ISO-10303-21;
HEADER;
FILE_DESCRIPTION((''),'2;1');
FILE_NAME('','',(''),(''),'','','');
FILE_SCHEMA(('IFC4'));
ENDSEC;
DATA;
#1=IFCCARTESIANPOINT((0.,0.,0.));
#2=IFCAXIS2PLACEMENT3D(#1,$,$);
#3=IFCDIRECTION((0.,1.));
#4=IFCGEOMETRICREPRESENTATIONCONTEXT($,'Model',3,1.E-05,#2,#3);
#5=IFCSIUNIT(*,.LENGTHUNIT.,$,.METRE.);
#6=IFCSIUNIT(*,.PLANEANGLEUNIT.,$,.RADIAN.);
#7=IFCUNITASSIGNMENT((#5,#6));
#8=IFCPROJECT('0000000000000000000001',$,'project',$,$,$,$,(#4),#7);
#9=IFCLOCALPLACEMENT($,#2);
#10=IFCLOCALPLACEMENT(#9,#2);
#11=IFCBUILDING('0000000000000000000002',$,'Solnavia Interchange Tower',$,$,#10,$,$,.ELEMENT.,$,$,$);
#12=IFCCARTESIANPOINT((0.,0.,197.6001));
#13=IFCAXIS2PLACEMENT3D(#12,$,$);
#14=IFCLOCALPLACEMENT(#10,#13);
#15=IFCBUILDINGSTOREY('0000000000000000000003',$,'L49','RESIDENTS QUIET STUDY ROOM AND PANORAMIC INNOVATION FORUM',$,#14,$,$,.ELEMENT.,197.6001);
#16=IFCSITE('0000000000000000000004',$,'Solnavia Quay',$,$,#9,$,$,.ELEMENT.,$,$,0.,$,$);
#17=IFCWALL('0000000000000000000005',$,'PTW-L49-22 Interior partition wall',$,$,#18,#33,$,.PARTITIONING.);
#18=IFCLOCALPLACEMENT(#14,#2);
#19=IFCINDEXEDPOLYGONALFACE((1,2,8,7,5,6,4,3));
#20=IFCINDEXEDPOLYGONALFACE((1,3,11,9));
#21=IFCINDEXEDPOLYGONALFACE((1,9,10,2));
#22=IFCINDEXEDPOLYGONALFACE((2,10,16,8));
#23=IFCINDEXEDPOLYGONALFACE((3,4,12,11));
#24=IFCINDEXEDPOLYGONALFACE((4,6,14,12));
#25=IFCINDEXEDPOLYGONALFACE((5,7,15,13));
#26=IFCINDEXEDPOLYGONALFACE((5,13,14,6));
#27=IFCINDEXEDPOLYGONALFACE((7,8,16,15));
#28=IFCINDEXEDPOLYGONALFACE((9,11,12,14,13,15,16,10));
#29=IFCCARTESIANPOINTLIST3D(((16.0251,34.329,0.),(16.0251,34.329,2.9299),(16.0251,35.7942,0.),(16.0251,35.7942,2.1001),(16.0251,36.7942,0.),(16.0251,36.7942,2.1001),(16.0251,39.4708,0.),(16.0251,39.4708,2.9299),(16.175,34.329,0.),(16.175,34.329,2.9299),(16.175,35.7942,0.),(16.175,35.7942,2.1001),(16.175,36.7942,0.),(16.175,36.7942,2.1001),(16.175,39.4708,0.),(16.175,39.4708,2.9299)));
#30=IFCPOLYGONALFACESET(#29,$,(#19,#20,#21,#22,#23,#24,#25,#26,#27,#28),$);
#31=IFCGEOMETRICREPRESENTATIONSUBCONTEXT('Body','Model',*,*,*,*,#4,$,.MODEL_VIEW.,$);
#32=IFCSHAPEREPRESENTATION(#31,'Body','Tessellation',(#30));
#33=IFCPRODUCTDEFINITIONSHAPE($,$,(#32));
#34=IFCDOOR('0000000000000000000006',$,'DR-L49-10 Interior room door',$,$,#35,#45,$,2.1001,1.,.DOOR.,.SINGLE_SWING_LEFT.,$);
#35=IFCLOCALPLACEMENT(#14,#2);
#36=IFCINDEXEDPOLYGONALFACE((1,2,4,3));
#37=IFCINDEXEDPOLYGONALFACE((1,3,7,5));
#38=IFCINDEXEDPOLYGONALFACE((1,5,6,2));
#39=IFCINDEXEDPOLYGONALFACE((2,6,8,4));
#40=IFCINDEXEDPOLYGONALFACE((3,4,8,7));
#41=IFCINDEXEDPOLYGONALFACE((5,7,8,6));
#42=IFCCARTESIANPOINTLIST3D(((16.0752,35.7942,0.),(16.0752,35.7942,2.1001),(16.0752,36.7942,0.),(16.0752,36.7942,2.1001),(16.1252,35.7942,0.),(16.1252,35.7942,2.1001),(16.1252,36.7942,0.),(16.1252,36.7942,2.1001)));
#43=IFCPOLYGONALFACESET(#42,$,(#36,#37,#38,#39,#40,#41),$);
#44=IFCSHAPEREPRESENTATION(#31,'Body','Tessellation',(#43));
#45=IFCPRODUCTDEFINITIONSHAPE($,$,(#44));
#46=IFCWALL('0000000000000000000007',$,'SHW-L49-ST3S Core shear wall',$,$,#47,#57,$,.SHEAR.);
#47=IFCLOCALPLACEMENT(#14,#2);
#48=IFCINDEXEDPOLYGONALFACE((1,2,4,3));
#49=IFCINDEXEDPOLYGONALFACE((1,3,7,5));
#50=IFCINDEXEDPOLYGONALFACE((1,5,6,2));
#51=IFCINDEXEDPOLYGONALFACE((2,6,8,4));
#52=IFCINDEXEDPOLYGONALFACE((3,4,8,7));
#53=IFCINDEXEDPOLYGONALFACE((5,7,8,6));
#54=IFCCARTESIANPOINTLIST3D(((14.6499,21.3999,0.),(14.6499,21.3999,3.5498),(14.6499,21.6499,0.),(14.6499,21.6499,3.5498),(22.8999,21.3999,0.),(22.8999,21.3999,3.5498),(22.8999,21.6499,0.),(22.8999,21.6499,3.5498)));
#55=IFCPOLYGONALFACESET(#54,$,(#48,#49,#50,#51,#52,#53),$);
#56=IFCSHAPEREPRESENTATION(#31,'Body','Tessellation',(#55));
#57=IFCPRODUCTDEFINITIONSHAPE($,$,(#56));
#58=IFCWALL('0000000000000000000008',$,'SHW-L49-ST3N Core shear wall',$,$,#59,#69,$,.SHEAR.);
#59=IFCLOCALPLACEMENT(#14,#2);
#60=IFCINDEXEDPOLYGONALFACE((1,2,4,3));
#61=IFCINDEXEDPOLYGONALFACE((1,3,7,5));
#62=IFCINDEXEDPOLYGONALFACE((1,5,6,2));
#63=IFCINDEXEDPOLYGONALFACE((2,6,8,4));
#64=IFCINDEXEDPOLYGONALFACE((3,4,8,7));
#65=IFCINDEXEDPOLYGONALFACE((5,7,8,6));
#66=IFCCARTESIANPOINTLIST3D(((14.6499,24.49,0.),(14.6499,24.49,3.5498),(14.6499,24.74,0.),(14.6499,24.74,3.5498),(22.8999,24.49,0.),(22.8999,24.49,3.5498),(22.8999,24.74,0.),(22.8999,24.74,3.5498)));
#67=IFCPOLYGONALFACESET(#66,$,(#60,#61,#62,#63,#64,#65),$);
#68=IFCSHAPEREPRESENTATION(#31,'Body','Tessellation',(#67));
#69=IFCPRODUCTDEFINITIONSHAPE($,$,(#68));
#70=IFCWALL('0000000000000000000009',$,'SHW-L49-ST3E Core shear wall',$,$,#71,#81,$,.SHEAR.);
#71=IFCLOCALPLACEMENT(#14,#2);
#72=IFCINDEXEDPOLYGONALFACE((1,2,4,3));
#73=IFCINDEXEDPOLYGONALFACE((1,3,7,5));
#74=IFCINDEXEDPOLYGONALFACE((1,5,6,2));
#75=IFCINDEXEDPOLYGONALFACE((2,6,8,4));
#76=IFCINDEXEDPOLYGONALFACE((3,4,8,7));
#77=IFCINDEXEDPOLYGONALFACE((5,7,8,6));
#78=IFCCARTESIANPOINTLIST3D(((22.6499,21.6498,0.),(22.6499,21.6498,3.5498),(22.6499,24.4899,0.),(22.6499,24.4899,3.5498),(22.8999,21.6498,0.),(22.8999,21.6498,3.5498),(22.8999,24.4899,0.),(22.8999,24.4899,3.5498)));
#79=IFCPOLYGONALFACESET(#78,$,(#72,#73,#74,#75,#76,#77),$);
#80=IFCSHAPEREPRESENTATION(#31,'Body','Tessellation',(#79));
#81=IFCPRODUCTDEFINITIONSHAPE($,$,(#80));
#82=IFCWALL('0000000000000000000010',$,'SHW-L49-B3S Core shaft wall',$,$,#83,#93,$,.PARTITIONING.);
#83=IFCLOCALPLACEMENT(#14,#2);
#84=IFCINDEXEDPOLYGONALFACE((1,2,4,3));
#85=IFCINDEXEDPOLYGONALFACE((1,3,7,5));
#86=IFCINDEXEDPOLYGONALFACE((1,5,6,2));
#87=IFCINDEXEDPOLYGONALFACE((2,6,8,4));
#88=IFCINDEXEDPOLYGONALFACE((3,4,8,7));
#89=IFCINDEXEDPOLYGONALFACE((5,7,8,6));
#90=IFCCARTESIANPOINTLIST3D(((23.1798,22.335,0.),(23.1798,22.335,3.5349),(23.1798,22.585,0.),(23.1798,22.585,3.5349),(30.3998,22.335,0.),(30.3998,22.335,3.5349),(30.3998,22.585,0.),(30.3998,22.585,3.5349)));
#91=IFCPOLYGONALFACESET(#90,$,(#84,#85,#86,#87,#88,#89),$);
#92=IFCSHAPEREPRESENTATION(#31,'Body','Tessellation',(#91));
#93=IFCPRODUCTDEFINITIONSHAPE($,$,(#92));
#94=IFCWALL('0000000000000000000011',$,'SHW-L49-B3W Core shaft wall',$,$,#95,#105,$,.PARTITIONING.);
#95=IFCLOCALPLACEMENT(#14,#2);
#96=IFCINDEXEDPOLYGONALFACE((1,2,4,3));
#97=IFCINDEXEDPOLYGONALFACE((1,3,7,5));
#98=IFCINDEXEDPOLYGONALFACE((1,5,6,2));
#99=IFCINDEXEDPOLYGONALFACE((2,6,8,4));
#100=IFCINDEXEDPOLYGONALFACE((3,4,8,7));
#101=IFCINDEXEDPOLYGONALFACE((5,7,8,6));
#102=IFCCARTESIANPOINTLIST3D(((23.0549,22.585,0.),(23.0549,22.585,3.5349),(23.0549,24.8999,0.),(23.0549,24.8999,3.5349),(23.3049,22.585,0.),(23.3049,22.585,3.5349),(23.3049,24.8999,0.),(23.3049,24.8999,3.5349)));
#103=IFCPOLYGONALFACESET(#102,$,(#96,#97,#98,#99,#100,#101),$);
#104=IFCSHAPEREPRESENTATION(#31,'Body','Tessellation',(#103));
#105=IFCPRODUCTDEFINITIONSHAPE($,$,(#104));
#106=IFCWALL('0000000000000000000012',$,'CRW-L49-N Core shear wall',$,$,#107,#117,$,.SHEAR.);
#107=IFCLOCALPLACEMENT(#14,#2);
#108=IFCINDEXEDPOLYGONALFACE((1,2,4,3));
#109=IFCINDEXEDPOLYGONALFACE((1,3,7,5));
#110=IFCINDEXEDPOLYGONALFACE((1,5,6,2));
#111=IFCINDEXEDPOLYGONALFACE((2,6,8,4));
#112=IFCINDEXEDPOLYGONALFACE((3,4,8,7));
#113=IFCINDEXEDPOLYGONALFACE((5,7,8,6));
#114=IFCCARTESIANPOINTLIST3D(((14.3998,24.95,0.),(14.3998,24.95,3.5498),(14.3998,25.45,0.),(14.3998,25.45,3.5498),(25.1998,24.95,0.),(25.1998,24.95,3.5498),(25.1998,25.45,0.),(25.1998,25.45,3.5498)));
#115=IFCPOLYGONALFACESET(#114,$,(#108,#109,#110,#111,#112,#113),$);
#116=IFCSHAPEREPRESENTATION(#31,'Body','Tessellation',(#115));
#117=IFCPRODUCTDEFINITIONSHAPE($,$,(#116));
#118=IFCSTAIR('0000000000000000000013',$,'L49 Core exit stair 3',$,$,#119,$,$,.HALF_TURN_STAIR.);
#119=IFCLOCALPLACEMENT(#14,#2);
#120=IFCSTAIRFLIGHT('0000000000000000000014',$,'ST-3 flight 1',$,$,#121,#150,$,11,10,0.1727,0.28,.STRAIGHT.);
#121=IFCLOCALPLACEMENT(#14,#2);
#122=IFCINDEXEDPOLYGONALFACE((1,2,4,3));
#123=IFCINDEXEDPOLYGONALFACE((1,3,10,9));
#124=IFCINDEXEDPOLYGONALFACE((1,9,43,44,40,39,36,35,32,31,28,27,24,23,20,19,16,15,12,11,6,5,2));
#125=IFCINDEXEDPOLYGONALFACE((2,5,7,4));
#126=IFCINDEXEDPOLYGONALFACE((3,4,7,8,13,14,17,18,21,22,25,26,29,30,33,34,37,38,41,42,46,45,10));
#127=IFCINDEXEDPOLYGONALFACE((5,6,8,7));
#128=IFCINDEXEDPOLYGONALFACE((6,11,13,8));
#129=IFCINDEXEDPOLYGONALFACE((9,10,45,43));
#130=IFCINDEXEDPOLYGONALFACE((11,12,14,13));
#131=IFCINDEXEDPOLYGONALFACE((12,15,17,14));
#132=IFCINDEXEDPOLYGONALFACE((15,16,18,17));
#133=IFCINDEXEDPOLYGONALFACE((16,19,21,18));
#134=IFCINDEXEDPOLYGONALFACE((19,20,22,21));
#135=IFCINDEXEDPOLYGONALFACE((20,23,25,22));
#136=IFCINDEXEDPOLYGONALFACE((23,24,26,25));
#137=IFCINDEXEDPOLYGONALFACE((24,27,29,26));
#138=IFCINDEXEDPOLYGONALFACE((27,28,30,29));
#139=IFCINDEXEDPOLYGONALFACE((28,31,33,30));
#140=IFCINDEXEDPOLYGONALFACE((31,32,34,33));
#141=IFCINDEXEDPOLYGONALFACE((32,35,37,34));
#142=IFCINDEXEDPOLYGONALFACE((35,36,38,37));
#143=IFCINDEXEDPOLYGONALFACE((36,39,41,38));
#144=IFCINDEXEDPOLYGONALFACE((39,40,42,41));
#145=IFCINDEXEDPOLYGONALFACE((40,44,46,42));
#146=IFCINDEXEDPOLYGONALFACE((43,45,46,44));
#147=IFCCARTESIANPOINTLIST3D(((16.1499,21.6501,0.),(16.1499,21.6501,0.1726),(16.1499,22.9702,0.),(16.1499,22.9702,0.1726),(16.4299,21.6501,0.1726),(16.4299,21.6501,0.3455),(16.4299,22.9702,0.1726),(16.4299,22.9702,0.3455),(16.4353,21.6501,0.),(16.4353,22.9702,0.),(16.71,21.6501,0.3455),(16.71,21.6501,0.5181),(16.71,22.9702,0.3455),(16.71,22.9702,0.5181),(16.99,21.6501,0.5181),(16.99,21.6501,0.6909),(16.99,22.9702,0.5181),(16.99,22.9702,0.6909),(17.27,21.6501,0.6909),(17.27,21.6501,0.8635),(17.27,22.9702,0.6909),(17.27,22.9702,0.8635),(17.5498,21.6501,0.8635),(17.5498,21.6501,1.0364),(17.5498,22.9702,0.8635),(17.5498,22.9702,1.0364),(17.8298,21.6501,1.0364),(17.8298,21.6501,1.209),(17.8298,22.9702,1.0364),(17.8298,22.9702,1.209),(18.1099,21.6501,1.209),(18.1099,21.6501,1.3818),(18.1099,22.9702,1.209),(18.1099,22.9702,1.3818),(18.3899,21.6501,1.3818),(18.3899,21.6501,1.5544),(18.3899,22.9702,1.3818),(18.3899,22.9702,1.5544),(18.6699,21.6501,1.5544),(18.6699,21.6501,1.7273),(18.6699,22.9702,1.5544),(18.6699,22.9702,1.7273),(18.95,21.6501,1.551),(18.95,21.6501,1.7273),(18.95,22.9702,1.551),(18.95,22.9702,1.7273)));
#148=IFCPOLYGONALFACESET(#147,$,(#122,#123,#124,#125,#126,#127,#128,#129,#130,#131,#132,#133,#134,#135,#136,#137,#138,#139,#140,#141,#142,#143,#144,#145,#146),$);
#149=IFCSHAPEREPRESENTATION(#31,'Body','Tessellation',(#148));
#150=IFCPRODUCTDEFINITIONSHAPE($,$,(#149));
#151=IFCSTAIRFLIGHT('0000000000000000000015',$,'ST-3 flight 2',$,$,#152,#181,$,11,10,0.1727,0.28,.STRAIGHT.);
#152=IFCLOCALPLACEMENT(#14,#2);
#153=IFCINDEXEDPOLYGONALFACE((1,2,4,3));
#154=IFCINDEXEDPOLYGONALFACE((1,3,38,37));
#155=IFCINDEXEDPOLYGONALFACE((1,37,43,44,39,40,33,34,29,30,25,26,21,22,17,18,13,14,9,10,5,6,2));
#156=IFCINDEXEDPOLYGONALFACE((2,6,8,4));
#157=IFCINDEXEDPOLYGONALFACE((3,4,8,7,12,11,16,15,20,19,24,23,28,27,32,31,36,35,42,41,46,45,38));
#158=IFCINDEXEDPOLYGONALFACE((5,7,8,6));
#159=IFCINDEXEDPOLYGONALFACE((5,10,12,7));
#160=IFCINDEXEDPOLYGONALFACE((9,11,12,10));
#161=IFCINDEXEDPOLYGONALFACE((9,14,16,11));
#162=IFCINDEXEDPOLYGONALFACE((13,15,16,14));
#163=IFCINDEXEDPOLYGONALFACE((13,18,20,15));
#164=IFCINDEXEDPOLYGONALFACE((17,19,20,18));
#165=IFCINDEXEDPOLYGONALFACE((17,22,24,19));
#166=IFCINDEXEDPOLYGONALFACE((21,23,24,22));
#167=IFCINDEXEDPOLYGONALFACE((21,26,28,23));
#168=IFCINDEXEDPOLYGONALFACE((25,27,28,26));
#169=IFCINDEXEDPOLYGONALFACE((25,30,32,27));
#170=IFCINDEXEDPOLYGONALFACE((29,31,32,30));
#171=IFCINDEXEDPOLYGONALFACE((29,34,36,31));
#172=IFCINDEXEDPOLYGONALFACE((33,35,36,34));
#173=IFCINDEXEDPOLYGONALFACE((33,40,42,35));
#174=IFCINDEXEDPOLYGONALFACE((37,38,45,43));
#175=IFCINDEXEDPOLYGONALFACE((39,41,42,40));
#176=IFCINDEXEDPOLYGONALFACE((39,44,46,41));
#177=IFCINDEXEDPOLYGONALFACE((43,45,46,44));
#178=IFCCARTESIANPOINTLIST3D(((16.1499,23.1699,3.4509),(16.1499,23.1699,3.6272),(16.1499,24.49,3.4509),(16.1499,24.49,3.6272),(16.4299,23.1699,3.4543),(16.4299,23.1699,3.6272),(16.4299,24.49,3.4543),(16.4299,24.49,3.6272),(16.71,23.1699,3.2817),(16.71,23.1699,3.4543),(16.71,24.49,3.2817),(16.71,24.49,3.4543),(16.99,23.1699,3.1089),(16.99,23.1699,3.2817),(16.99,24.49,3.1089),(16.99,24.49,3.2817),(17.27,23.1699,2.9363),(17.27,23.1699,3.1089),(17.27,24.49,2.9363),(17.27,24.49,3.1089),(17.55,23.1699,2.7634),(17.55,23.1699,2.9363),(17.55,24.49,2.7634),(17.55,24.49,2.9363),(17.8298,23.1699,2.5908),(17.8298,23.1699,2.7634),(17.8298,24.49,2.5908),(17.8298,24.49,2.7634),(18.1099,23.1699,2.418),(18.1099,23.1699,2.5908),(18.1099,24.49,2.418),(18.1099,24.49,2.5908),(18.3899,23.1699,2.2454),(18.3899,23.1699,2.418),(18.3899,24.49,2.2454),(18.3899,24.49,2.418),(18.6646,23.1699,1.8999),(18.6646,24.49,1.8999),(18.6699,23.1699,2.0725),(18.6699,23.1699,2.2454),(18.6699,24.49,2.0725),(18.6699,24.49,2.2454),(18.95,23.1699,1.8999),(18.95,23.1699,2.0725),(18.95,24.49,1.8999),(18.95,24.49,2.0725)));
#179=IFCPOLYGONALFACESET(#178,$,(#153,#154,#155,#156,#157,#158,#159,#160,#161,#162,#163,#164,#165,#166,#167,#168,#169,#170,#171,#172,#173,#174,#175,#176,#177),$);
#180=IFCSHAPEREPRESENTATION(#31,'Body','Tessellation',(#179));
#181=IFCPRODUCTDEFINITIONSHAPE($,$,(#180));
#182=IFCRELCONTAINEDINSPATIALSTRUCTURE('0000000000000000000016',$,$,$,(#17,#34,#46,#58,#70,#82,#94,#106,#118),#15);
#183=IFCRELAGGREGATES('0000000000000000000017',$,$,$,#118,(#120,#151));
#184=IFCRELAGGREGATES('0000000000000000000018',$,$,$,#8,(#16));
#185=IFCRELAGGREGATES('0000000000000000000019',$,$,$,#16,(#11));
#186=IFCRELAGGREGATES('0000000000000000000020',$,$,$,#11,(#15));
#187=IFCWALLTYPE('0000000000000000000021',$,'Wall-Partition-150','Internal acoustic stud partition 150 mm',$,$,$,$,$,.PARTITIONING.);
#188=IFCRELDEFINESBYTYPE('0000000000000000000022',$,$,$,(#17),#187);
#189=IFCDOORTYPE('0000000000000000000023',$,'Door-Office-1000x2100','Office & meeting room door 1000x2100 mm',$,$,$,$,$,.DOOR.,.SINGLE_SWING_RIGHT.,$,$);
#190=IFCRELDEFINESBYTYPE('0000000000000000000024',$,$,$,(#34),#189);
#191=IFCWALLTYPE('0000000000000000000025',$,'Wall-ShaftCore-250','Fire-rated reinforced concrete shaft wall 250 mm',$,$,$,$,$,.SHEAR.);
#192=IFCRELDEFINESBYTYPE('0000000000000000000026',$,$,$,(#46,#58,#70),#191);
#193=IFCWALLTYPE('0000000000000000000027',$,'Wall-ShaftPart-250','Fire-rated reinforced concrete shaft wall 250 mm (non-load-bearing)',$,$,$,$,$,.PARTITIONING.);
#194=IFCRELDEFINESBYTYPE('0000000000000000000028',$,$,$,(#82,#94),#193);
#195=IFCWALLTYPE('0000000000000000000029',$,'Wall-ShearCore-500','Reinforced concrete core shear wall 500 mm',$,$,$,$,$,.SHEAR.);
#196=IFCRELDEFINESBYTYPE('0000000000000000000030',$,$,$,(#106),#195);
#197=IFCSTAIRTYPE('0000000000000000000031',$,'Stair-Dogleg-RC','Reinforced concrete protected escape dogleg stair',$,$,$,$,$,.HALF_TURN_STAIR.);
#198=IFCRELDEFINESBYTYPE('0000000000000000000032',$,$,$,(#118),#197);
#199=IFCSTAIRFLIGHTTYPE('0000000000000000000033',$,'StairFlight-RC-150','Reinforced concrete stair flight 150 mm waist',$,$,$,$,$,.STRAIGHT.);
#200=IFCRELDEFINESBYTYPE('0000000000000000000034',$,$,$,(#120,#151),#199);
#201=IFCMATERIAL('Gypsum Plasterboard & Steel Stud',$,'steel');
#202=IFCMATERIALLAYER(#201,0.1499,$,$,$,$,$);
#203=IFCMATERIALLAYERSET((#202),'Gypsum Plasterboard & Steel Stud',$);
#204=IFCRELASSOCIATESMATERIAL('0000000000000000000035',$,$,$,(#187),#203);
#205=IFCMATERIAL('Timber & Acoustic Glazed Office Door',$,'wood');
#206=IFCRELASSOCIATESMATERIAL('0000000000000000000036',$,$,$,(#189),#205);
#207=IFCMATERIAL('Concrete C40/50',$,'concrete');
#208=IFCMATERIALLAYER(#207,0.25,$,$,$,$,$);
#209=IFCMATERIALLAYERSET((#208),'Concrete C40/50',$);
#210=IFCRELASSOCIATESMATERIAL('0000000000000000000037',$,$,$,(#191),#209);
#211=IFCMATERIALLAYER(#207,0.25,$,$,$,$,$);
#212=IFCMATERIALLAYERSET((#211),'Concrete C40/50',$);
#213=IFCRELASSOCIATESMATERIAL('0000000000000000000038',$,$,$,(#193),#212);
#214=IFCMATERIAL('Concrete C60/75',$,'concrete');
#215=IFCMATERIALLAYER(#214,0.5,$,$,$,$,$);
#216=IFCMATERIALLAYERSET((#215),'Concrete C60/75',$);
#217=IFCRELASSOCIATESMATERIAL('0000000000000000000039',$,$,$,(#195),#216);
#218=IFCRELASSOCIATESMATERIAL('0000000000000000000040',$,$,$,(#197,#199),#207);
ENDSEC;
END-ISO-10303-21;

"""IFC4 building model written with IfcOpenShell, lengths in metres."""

from ifc_helpers import new_model, si_unit, direction, frame, frame_2d, origin, place, context, subcontext, project, spatial, polyline, rectangle, outline, extrude, material, layer, layer_set, type_object, element, fill, aggregate, save


model = new_model("IFC4")

# Units and contexts
model_context = context("Model", 3, precision=1e-05, world=origin(), true_north=direction((0.0, 1.0)))
body_context = subcontext(model_context, "Body", "Model", "MODEL_VIEW")
ifc_project = project(units=[si_unit("LENGTHUNIT", "METRE"), si_unit("PLANEANGLEUNIT", "RADIAN")], contexts=[model_context])

# Site, building, storey
site_placement = place(None, origin())
site = spatial("IfcSite", under=ifc_project, at=site_placement, Name="Solnavia Quay", CompositionType="ELEMENT", RefElevation=0.0)
building_placement = place(site_placement, origin())
building = spatial("IfcBuilding", under=site, at=building_placement, Name="Solnavia Interchange Tower", CompositionType="ELEMENT")
storey_placement = place(building_placement, frame((0.0, 0.0, 197.6001)))
storey = spatial("IfcBuildingStorey", under=building, at=storey_placement, Name="L49", Description="RESIDENTS QUIET STUDY ROOM AND PANORAMIC INNOVATION FORUM", CompositionType="ELEMENT", Elevation=197.6001)

# Shared definitions
ifc_material_1 = material(Name="Concrete C40/50", Category="concrete")

# Shared definitions
ifc_material_2 = material(Name="Gypsum Plasterboard & Steel Stud", Category="steel")
ifc_layer_1 = layer(ifc_material_2, 0.1499)
ifc_layer_set_1 = layer_set([ifc_layer_1], Name="Gypsum Plasterboard & Steel Stud")
wall_type_1 = type_object("IfcWallType", Name="Wall-Partition-150", Description="Internal acoustic stud partition 150 mm", PredefinedType="PARTITIONING", material=ifc_layer_set_1)

# Wall, opening, door
ifc_material_3 = material(Name="Timber & Acoustic Glazed Office Door", Category="wood")
door_type = type_object("IfcDoorType", Name="Door-Office-1000x2100", Description="Office & meeting room door 1000x2100 mm", OperationType="SINGLE_SWING_RIGHT", PredefinedType="DOOR", material=ifc_material_3)
wall_1_placement = place(storey_placement, frame((16.1001, 34.3291, 0.0), z_axis=(0.0, 0.0, 1.0), x_axis=(0.0, 1.0, 0.0)))
wall_1 = element("IfcWall", 1, at=wall_1_placement, inside=storey, type_object=wall_type_1, Name="PTW-L49-22 Interior partition wall", PredefinedType="PARTITIONING", context=body_context, shape_type="SweptSolid", body=[
    extrude(rectangle(XDim=5.1418, YDim=0.1499, at=frame_2d((2.5708, 0.0))), origin(), (0.0, 0.0, 1.0), 2.9299),
])
opening_1_placement = place(wall_1_placement, frame((1.4651, 0.0, 0.0)))
opening_1 = element("IfcOpeningElement", 2, at=opening_1_placement, cuts=wall_1, PredefinedType="OPENING", context=body_context, shape_type="SweptSolid", body=[
    extrude(rectangle(XDim=1.0, YDim=2.1001, at=frame_2d((0.5, 1.05))), frame((0.0, 0.085, 0.0), z_axis=(0.0, -1.0, 0.0), x_axis=(1.0, 0.0, 0.0)), (0.0, 0.0, 1.0), 0.1699),
])
door_1_placement = place(opening_1_placement, origin())
door_1 = element("IfcDoor", 3, at=door_1_placement, inside=storey, type_object=door_type, Name="DR-L49-10 Interior room door", OperationType="SINGLE_SWING_LEFT", OverallHeight=2.1001, OverallWidth=1.0, PredefinedType="DOOR", context=body_context, shape_type="SweptSolid", body=[
    extrude(rectangle(XDim=1.0, YDim=2.1001, at=frame_2d((0.5, 1.05))), frame((0.0, 0.0249, 0.0), z_axis=(0.0, -1.0, 0.0), x_axis=(1.0, 0.0, 0.0)), (0.0, 0.0, 1.0), 0.05),
])
fill(opening_1, door_1)

# Walls
ifc_layer_2 = layer(ifc_material_1, 0.25)
ifc_layer_set_2 = layer_set([ifc_layer_2], Name="Concrete C40/50")
wall_type_2 = type_object("IfcWallType", Name="Wall-ShaftCore-250", Description="Fire-rated reinforced concrete shaft wall 250 mm", PredefinedType="SHEAR", material=ifc_layer_set_2)
for number, where, z_axis, x_axis, name in (
    (4, (14.6499, 21.5249, 0.0), (0.0, 0.0, 1.0), (1.0, 0.0, 0.0), "SHW-L49-ST3S Core shear wall"),
    (5, (14.6499, 24.615, 0.0), (0.0, 0.0, 1.0), (1.0, 0.0, 0.0), "SHW-L49-ST3N Core shear wall"),
):
    element("IfcWall", number, at=place(storey_placement, frame(where, z_axis=z_axis, x_axis=x_axis)), inside=storey, type_object=wall_type_2, Name=name, PredefinedType="SHEAR", context=body_context, shape_type="SweptSolid", body=[
        extrude(rectangle(XDim=8.25, YDim=0.25, at=frame_2d((4.125, 0.0))), origin(), (0.0, 0.0, 1.0), 3.5498),
    ])
wall_2_placement = place(storey_placement, frame((22.7749, 21.6499, 0.0), z_axis=(0.0, 0.0, 1.0), x_axis=(0.0, 1.0, 0.0)))
element("IfcWall", 6, at=wall_2_placement, inside=storey, type_object=wall_type_2, Name="SHW-L49-ST3E Core shear wall", PredefinedType="SHEAR", context=body_context, shape_type="SweptSolid", body=[
    extrude(rectangle(XDim=2.8401, YDim=0.25, at=frame_2d((1.4199, 0.0))), origin(), (0.0, 0.0, 1.0), 3.5498),
])
ifc_layer_3 = layer(ifc_material_1, 0.25)
ifc_layer_set_3 = layer_set([ifc_layer_3], Name="Concrete C40/50")
wall_type_3 = type_object("IfcWallType", Name="Wall-ShaftPart-250", Description="Fire-rated reinforced concrete shaft wall 250 mm (non-load-bearing)", PredefinedType="PARTITIONING", material=ifc_layer_set_3)
wall_3_placement = place(storey_placement, frame((23.1799, 22.46, 0.0), z_axis=(0.0, 0.0, 1.0), x_axis=(1.0, 0.0, 0.0)))
element("IfcWall", 7, at=wall_3_placement, inside=storey, type_object=wall_type_3, Name="SHW-L49-B3S Core shaft wall", PredefinedType="PARTITIONING", context=body_context, shape_type="SweptSolid", body=[
    extrude(rectangle(XDim=7.22, YDim=0.25, at=frame_2d((3.6099, 0.0))), origin(), (0.0, 0.0, 1.0), 3.5349),
])
wall_4_placement = place(storey_placement, frame((23.1799, 22.585, 0.0), z_axis=(0.0, 0.0, 1.0), x_axis=(0.0, 1.0, 0.0)))
element("IfcWall", 8, at=wall_4_placement, inside=storey, type_object=wall_type_3, Name="SHW-L49-B3W Core shaft wall", PredefinedType="PARTITIONING", context=body_context, shape_type="SweptSolid", body=[
    extrude(rectangle(XDim=2.3149, YDim=0.25, at=frame_2d((1.1575, 0.0))), origin(), (0.0, 0.0, 1.0), 3.5349),
])
ifc_material_4 = material(Name="Concrete C60/75", Category="concrete")
ifc_layer_4 = layer(ifc_material_4, 0.5)
ifc_layer_set_4 = layer_set([ifc_layer_4], Name="Concrete C60/75")
wall_type_4 = type_object("IfcWallType", Name="Wall-ShearCore-500", Description="Reinforced concrete core shear wall 500 mm", PredefinedType="SHEAR", material=ifc_layer_set_4)
wall_5_placement = place(storey_placement, frame((14.3999, 25.2, 0.0), z_axis=(0.0, 0.0, 1.0), x_axis=(1.0, 0.0, 0.0)))
element("IfcWall", 9, at=wall_5_placement, inside=storey, type_object=wall_type_4, Name="CRW-L49-N Core shear wall", PredefinedType="SHEAR", context=body_context, shape_type="SweptSolid", body=[
    extrude(rectangle(XDim=10.8, YDim=0.5, at=frame_2d((5.3999, 0.0))), origin(), (0.0, 0.0, 1.0), 3.5498),
])

# Stair, stair flights
stair_type = type_object("IfcStairType", Name="Stair-Dogleg-RC", Description="Reinforced concrete protected escape dogleg stair", PredefinedType="HALF_TURN_STAIR", material=ifc_material_1)
stair_placement = place(storey_placement, origin())
stair = element("IfcStair", 10, at=stair_placement, inside=storey, type_object=stair_type, Name="L49 Core exit stair 3", PredefinedType="HALF_TURN_STAIR")
stair_flight_type = type_object("IfcStairFlightType", Name="StairFlight-RC-150", Description="Reinforced concrete stair flight 150 mm waist", PredefinedType="STRAIGHT", material=ifc_material_1)
stair_flight_1_placement = place(storey_placement, frame((16.1499, 22.3101, 0.0), z_axis=(0.0, 0.0, 1.0), x_axis=(1.0, 0.0, 0.0)))
stair_flight_1 = element("IfcStairFlight", 11, at=stair_flight_1_placement, type_object=stair_flight_type, Name="ST-3 flight 1", NumberOfRisers=11, NumberOfTreads=10, PredefinedType="STRAIGHT", RiserHeight=0.1727, TreadLength=0.28, context=body_context, shape_type="SweptSolid", body=[
    extrude(outline(polyline([(0.0, 0.0), (0.0, 0.1726), (0.28, 0.1726), (0.28, 0.3455), (0.5601, 0.3455), (0.5601, 0.5181), (0.8401, 0.5181), (0.8401, 0.6909), (1.1201, 0.6909), (1.1201, 0.8635), (1.3999, 0.8635), (1.3999, 1.0364), (1.6799, 1.0364), (1.6799, 1.209), (1.96, 1.209), (1.96, 1.3818), (2.24, 1.3818), (2.24, 1.5544), (2.52, 1.5544), (2.52, 1.7273), (2.8, 1.7273), (2.8, 1.8999), (2.8, 1.551), (0.2854, 0.0), (0.0, 0.0)])), frame((0.0, 0.6602, 0.0), z_axis=(0.0, -1.0, 0.0), x_axis=(1.0, 0.0, 0.0)), (0.0, 0.0, 1.0), 1.3201),
])
stair_flight_2_placement = place(storey_placement, frame((18.95, 23.8301, 1.8999), z_axis=(0.0, 0.0, 1.0), x_axis=(-1.0, 0.0, 0.0)))
stair_flight_2 = element("IfcStairFlight", 12, at=stair_flight_2_placement, type_object=stair_flight_type, Name="ST-3 flight 2", NumberOfRisers=11, NumberOfTreads=10, PredefinedType="STRAIGHT", RiserHeight=0.1727, TreadLength=0.28, context=body_context, shape_type="SweptSolid", body=[
    extrude(outline(polyline([(0.0, 0.0), (0.0, 0.1726), (0.28, 0.1726), (0.28, 0.3455), (0.5601, 0.3455), (0.5601, 0.5181), (0.8401, 0.5181), (0.8401, 0.6909), (1.1201, 0.6909), (1.1201, 0.8635), (1.3999, 0.8635), (1.3999, 1.0364), (1.6799, 1.0364), (1.6799, 1.209), (1.96, 1.209), (1.96, 1.3818), (2.24, 1.3818), (2.24, 1.5544), (2.52, 1.5544), (2.52, 1.7273), (2.8, 1.7273), (2.8, 1.8999), (2.8, 1.551), (0.2854, 0.0), (0.0, 0.0)])), frame((0.0, 0.6602, 0.0), z_axis=(0.0, -1.0, 0.0), x_axis=(1.0, 0.0, 0.0)), (0.0, 0.0, 1.0), 1.3201),
])
aggregate(stair, [stair_flight_1, stair_flight_2])

save(model, "model.ifc")
